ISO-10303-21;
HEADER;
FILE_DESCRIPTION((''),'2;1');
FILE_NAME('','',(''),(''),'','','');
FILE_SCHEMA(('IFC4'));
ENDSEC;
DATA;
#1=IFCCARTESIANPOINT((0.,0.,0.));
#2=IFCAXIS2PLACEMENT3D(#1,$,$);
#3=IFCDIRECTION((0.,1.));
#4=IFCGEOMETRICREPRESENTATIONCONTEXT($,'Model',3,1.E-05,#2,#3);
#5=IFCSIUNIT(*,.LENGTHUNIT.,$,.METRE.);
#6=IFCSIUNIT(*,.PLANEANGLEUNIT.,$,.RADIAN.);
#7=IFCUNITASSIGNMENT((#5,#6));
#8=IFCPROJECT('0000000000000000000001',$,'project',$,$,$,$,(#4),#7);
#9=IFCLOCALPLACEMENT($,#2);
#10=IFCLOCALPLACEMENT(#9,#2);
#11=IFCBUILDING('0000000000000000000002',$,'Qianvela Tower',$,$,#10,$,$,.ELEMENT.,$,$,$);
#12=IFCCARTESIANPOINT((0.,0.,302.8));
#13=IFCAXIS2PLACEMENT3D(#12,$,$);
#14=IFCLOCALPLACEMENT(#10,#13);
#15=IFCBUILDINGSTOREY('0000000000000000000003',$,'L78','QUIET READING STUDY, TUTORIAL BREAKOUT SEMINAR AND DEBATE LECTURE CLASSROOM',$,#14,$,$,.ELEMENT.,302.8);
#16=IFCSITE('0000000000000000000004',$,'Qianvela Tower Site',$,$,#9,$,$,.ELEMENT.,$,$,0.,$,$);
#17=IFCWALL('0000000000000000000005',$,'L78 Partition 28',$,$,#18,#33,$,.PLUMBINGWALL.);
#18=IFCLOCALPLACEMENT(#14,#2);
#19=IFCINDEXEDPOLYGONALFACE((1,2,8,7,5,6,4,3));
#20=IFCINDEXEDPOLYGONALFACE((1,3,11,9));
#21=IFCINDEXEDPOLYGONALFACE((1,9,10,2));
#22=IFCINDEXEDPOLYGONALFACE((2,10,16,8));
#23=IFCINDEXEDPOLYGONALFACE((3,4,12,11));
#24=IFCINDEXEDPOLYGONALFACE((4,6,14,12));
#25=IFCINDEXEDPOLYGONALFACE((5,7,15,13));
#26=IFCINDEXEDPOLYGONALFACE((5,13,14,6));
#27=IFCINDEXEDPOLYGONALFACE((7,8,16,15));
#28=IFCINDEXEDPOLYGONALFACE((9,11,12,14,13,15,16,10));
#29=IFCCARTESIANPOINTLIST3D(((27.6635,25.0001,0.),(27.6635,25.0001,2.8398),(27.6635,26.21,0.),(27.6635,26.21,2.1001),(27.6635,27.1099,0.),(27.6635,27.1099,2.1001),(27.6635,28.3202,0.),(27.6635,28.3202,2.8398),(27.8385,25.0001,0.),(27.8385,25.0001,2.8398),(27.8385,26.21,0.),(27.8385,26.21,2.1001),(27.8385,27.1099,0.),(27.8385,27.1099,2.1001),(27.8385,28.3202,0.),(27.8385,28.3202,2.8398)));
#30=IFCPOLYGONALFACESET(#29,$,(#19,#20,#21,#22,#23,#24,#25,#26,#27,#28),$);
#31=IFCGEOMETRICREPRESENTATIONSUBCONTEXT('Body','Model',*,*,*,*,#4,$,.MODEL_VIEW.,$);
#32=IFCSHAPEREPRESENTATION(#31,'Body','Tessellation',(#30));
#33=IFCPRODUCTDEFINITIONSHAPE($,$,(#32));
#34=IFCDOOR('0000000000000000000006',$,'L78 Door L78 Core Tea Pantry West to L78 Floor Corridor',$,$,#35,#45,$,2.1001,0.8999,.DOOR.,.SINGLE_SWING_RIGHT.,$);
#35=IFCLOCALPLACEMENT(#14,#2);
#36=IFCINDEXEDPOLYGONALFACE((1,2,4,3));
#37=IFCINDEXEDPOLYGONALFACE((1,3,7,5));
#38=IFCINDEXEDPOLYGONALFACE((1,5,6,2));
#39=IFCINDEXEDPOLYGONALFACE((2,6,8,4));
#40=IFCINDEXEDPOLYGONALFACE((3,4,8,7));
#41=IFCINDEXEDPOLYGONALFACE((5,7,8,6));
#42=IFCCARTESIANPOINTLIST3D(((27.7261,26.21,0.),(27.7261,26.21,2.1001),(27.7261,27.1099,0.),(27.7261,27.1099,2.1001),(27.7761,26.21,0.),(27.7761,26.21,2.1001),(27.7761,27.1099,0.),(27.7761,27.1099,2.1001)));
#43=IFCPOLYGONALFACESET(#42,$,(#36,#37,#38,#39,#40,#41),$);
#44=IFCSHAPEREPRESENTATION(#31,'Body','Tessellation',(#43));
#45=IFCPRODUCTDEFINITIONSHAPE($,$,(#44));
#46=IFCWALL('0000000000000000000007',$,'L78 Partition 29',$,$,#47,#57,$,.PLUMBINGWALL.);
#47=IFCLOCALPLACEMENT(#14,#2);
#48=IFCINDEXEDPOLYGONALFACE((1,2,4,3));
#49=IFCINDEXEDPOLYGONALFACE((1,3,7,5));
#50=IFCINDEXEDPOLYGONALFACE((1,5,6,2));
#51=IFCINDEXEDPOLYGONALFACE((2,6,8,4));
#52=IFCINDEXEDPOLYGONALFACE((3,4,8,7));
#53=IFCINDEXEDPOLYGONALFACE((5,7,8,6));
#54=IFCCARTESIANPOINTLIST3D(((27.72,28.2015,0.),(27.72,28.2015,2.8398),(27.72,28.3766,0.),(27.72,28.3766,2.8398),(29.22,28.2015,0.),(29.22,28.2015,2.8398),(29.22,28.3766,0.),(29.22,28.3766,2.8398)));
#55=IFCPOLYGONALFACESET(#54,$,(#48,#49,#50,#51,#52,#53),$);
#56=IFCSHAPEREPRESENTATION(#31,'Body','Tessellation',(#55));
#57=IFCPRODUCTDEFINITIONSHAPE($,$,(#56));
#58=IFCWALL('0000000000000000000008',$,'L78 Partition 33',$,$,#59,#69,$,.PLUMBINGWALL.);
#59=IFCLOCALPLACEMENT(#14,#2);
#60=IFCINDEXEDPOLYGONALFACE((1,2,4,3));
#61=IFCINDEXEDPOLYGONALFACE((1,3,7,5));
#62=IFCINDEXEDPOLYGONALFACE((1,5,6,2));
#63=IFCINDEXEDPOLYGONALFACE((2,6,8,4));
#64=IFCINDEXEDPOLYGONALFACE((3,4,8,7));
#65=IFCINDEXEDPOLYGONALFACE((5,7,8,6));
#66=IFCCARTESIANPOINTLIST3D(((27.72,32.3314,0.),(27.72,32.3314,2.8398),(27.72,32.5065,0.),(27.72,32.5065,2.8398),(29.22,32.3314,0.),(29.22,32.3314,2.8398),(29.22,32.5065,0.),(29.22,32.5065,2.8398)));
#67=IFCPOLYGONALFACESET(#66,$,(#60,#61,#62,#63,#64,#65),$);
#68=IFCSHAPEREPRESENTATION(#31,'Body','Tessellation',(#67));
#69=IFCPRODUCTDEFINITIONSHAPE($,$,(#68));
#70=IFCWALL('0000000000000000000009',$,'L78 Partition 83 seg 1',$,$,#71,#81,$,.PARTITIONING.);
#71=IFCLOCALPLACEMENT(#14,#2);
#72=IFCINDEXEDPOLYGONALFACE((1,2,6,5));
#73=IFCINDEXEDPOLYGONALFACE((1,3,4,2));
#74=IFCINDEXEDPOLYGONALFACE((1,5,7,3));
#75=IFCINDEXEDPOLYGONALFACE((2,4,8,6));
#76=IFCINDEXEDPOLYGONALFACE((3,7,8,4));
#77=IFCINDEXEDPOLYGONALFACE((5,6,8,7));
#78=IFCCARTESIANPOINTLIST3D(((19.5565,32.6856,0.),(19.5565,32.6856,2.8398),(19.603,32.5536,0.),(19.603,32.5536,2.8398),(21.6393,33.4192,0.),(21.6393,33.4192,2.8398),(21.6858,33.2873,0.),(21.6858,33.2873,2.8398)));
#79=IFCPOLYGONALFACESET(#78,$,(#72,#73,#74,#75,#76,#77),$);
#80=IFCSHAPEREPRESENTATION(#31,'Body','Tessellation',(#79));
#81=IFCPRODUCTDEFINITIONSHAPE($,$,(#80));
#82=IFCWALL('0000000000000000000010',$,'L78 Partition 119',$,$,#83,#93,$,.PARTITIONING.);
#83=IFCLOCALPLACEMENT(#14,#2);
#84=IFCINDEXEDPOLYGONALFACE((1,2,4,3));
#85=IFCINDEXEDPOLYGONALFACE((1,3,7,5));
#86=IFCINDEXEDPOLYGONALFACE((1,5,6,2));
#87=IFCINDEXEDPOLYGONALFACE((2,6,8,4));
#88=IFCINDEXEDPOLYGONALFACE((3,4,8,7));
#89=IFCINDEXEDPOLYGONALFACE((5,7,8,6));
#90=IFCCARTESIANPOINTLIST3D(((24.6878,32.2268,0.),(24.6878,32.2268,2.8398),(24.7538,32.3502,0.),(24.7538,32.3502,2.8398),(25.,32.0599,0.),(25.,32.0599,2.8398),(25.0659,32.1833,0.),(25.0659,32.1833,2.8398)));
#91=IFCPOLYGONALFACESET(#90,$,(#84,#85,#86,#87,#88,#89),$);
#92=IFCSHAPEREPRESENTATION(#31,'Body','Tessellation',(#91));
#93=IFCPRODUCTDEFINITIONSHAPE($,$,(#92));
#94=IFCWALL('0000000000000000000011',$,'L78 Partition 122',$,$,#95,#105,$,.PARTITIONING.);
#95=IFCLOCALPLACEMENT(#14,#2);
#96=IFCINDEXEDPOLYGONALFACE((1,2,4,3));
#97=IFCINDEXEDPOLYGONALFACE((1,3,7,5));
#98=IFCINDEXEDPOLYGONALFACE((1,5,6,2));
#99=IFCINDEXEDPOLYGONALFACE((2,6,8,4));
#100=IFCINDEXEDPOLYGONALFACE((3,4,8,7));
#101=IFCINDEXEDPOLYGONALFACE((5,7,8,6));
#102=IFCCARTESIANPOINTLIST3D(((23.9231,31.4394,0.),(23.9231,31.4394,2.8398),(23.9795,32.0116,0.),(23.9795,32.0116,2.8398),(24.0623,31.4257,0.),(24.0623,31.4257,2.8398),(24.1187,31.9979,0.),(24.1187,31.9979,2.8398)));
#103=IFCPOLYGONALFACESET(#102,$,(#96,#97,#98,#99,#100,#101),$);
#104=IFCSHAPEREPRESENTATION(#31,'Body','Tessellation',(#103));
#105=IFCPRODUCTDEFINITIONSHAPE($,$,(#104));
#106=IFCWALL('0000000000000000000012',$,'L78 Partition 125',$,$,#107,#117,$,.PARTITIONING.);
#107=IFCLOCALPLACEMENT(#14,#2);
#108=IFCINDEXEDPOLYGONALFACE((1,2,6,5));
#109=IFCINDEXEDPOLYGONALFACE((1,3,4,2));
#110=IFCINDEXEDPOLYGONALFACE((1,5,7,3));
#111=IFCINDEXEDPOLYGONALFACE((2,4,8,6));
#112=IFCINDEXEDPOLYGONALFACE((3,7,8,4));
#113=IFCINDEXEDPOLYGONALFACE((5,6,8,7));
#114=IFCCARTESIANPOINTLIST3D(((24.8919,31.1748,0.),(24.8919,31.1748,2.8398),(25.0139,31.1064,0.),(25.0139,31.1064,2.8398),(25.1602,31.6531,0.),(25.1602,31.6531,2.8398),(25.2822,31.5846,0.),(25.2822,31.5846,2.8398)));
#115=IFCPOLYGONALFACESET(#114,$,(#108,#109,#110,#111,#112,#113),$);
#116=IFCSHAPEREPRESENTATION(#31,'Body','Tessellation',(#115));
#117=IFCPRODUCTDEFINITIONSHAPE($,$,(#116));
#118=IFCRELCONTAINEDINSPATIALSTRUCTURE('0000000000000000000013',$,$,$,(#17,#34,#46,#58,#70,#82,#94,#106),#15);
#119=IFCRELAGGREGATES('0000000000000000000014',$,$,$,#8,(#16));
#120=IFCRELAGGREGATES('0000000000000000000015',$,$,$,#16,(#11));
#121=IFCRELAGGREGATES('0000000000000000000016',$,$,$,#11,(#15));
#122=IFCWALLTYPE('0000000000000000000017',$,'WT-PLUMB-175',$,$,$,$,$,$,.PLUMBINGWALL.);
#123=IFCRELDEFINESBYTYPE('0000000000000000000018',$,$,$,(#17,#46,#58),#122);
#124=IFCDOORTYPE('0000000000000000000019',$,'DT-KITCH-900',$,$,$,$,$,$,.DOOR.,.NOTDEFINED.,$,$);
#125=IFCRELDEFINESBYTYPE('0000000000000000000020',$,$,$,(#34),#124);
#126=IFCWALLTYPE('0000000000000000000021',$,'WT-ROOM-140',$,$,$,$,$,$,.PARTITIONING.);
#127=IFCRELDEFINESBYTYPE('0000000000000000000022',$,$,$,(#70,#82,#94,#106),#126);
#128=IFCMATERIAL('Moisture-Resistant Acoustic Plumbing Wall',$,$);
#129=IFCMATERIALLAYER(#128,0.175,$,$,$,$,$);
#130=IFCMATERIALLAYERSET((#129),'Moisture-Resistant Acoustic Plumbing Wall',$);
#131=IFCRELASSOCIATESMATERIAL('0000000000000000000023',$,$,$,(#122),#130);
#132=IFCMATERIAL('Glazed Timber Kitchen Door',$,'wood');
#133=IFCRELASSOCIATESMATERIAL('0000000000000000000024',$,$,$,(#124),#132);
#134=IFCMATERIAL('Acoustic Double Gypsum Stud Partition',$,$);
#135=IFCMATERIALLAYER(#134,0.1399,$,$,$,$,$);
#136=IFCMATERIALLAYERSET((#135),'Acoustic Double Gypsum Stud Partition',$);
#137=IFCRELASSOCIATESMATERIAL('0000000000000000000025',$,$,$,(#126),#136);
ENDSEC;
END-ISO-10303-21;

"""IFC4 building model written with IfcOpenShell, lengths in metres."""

from ifc_helpers import new_model, si_unit, direction, frame, frame_2d, origin, place, context, subcontext, project, spatial, rectangle, extrude, material, layer, layer_set, type_object, element, fill, save


model = new_model("IFC4")

# Units and contexts
model_context = context("Model", 3, precision=1e-05, world=origin(), true_north=direction((0.0, 1.0)))
body_context = subcontext(model_context, "Body", "Model", "MODEL_VIEW")
ifc_project = project(units=[si_unit("LENGTHUNIT", "METRE"), si_unit("PLANEANGLEUNIT", "RADIAN")], contexts=[model_context])

# Site, building, storey
site_placement = place(None, origin())
site = spatial("IfcSite", under=ifc_project, at=site_placement, Name="Qianvela Tower Site", CompositionType="ELEMENT", RefElevation=0.0)
building_placement = place(site_placement, origin())
building = spatial("IfcBuilding", under=site, at=building_placement, Name="Qianvela Tower", CompositionType="ELEMENT")
storey_placement = place(building_placement, frame((0.0, 0.0, 302.8)))
storey = spatial("IfcBuildingStorey", under=building, at=storey_placement, Name="L78", Description="QUIET READING STUDY, TUTORIAL BREAKOUT SEMINAR AND DEBATE LECTURE CLASSROOM", CompositionType="ELEMENT", Elevation=302.8)

# Wall, opening, door
ifc_material_1 = material(Name="Moisture-Resistant Acoustic Plumbing Wall")
ifc_layer_1 = layer(ifc_material_1, 0.175)
ifc_layer_set_1 = layer_set([ifc_layer_1], Name="Moisture-Resistant Acoustic Plumbing Wall")
wall_type_1 = type_object("IfcWallType", Name="WT-PLUMB-175", PredefinedType="PLUMBINGWALL", material=ifc_layer_set_1)
wall_1_placement = place(storey_placement, frame((27.751, 25.0, 0.0), z_axis=(0.0, 0.0, 1.0), x_axis=(0.0, 1.0, 0.0)))
wall_1 = element("IfcWall", 1, at=wall_1_placement, inside=storey, type_object=wall_type_1, Name="L78 Partition 28", PredefinedType="PLUMBINGWALL", context=body_context, shape_type="SweptSolid", body=[
    extrude(rectangle(XDim=3.3201, YDim=0.175, at=frame_2d((1.6602, 0.0))), origin(), (0.0, 0.0, 1.0), 2.8398),
])
opening_1_placement = place(wall_1_placement, frame((1.21, 0.0, 0.0)))
opening_1 = element("IfcOpeningElement", 2, at=opening_1_placement, cuts=wall_1, PredefinedType="OPENING", context=body_context, shape_type="SweptSolid", body=[
    extrude(rectangle(XDim=0.8999, YDim=2.1001, at=frame_2d((0.45, 1.05))), frame((0.0, 0.0974, 0.0), z_axis=(0.0, -1.0, 0.0), x_axis=(1.0, 0.0, 0.0)), (0.0, 0.0, 1.0), 0.1951),
])
ifc_material_2 = material(Name="Glazed Timber Kitchen Door", Category="wood")
door_type = type_object("IfcDoorType", Name="DT-KITCH-900", OperationType="NOTDEFINED", PredefinedType="DOOR", material=ifc_material_2)
door_placement = place(opening_1_placement, origin())
door = element("IfcDoor", 3, at=door_placement, inside=storey, type_object=door_type, Name="L78 Door L78 Core Tea Pantry West to L78 Floor Corridor", OperationType="SINGLE_SWING_RIGHT", OverallHeight=2.1001, OverallWidth=0.8999, PredefinedType="DOOR", context=body_context, shape_type="SweptSolid", body=[
    extrude(rectangle(XDim=0.8999, YDim=2.1001, at=frame_2d((0.45, 1.05))), frame((0.0, 0.0249, 0.0), z_axis=(0.0, -1.0, 0.0), x_axis=(1.0, 0.0, 0.0)), (0.0, 0.0, 1.0), 0.05),
])
fill(opening_1, door)

# Walls
for number, where, z_axis, x_axis, name in (
    (4, (27.72, 28.2891, 0.0), (0.0, 0.0, 1.0), (1.0, 0.0, 0.0), "L78 Partition 29"),
    (5, (27.72, 32.4189, 0.0), (0.0, 0.0, 1.0), (1.0, 0.0, 0.0), "L78 Partition 33"),
):
    element("IfcWall", number, at=place(storey_placement, frame(where, z_axis=z_axis, x_axis=x_axis)), inside=storey, type_object=wall_type_1, Name=name, PredefinedType="PLUMBINGWALL", context=body_context, shape_type="SweptSolid", body=[
        extrude(rectangle(XDim=1.5, YDim=0.175, at=frame_2d((0.75, 0.0))), origin(), (0.0, 0.0, 1.0), 2.8398),
    ])
ifc_material_3 = material(Name="Acoustic Double Gypsum Stud Partition")
ifc_layer_2 = layer(ifc_material_3, 0.1399)
ifc_layer_set_2 = layer_set([ifc_layer_2], Name="Acoustic Double Gypsum Stud Partition")
wall_type_2 = type_object("IfcWallType", Name="WT-ROOM-140", PredefinedType="PARTITIONING", material=ifc_layer_set_2)
wall_2_placement = place(storey_placement, frame((19.5798, 32.6196, 0.0), z_axis=(0.0, 0.0, 1.0), x_axis=(0.943196, 0.332236, 0.0)))
element("IfcWall", 6, at=wall_2_placement, inside=storey, type_object=wall_type_2, Name="L78 Partition 83 seg 1", PredefinedType="PARTITIONING", context=body_context, shape_type="SweptSolid", body=[
    extrude(rectangle(XDim=2.2083, YDim=0.1399, at=frame_2d((1.104, 0.0))), origin(), (0.0, 0.0, 1.0), 2.8398),
])
wall_3_placement = place(storey_placement, frame((25.033, 32.1216, 0.0), z_axis=(0.0, 0.0, 1.0), x_axis=(-0.881818, 0.47159, 0.0)))
element("IfcWall", 7, at=wall_3_placement, inside=storey, type_object=wall_type_2, Name="L78 Partition 119", PredefinedType="PARTITIONING", context=body_context, shape_type="SweptSolid", body=[
    extrude(rectangle(XDim=0.354, YDim=0.1399, at=frame_2d((0.177, 0.0))), origin(), (0.0, 0.0, 1.0), 2.8398),
])
wall_4_placement = place(storey_placement, frame((24.0491, 32.0049, 0.0), z_axis=(0.0, 0.0, 1.0), x_axis=(-0.098074, -0.995179, 0.0)))
element("IfcWall", 8, at=wall_4_placement, inside=storey, type_object=wall_type_2, Name="L78 Partition 122", PredefinedType="PARTITIONING", context=body_context, shape_type="SweptSolid", body=[
    extrude(rectangle(XDim=0.575, YDim=0.1399, at=frame_2d((0.2876, 0.0))), origin(), (0.0, 0.0, 1.0), 2.8398),
])
wall_5_placement = place(storey_placement, frame((24.9529, 31.1406, 0.0), z_axis=(0.0, 0.0, 1.0), x_axis=(0.489267, 0.872134, 0.0)))
element("IfcWall", 9, at=wall_5_placement, inside=storey, type_object=wall_type_2, Name="L78 Partition 125", PredefinedType="PARTITIONING", context=body_context, shape_type="SweptSolid", body=[
    extrude(rectangle(XDim=0.5483, YDim=0.1399, at=frame_2d((0.2742, 0.0))), origin(), (0.0, 0.0, 1.0), 2.8398),
])

save(model, "model.ifc")
